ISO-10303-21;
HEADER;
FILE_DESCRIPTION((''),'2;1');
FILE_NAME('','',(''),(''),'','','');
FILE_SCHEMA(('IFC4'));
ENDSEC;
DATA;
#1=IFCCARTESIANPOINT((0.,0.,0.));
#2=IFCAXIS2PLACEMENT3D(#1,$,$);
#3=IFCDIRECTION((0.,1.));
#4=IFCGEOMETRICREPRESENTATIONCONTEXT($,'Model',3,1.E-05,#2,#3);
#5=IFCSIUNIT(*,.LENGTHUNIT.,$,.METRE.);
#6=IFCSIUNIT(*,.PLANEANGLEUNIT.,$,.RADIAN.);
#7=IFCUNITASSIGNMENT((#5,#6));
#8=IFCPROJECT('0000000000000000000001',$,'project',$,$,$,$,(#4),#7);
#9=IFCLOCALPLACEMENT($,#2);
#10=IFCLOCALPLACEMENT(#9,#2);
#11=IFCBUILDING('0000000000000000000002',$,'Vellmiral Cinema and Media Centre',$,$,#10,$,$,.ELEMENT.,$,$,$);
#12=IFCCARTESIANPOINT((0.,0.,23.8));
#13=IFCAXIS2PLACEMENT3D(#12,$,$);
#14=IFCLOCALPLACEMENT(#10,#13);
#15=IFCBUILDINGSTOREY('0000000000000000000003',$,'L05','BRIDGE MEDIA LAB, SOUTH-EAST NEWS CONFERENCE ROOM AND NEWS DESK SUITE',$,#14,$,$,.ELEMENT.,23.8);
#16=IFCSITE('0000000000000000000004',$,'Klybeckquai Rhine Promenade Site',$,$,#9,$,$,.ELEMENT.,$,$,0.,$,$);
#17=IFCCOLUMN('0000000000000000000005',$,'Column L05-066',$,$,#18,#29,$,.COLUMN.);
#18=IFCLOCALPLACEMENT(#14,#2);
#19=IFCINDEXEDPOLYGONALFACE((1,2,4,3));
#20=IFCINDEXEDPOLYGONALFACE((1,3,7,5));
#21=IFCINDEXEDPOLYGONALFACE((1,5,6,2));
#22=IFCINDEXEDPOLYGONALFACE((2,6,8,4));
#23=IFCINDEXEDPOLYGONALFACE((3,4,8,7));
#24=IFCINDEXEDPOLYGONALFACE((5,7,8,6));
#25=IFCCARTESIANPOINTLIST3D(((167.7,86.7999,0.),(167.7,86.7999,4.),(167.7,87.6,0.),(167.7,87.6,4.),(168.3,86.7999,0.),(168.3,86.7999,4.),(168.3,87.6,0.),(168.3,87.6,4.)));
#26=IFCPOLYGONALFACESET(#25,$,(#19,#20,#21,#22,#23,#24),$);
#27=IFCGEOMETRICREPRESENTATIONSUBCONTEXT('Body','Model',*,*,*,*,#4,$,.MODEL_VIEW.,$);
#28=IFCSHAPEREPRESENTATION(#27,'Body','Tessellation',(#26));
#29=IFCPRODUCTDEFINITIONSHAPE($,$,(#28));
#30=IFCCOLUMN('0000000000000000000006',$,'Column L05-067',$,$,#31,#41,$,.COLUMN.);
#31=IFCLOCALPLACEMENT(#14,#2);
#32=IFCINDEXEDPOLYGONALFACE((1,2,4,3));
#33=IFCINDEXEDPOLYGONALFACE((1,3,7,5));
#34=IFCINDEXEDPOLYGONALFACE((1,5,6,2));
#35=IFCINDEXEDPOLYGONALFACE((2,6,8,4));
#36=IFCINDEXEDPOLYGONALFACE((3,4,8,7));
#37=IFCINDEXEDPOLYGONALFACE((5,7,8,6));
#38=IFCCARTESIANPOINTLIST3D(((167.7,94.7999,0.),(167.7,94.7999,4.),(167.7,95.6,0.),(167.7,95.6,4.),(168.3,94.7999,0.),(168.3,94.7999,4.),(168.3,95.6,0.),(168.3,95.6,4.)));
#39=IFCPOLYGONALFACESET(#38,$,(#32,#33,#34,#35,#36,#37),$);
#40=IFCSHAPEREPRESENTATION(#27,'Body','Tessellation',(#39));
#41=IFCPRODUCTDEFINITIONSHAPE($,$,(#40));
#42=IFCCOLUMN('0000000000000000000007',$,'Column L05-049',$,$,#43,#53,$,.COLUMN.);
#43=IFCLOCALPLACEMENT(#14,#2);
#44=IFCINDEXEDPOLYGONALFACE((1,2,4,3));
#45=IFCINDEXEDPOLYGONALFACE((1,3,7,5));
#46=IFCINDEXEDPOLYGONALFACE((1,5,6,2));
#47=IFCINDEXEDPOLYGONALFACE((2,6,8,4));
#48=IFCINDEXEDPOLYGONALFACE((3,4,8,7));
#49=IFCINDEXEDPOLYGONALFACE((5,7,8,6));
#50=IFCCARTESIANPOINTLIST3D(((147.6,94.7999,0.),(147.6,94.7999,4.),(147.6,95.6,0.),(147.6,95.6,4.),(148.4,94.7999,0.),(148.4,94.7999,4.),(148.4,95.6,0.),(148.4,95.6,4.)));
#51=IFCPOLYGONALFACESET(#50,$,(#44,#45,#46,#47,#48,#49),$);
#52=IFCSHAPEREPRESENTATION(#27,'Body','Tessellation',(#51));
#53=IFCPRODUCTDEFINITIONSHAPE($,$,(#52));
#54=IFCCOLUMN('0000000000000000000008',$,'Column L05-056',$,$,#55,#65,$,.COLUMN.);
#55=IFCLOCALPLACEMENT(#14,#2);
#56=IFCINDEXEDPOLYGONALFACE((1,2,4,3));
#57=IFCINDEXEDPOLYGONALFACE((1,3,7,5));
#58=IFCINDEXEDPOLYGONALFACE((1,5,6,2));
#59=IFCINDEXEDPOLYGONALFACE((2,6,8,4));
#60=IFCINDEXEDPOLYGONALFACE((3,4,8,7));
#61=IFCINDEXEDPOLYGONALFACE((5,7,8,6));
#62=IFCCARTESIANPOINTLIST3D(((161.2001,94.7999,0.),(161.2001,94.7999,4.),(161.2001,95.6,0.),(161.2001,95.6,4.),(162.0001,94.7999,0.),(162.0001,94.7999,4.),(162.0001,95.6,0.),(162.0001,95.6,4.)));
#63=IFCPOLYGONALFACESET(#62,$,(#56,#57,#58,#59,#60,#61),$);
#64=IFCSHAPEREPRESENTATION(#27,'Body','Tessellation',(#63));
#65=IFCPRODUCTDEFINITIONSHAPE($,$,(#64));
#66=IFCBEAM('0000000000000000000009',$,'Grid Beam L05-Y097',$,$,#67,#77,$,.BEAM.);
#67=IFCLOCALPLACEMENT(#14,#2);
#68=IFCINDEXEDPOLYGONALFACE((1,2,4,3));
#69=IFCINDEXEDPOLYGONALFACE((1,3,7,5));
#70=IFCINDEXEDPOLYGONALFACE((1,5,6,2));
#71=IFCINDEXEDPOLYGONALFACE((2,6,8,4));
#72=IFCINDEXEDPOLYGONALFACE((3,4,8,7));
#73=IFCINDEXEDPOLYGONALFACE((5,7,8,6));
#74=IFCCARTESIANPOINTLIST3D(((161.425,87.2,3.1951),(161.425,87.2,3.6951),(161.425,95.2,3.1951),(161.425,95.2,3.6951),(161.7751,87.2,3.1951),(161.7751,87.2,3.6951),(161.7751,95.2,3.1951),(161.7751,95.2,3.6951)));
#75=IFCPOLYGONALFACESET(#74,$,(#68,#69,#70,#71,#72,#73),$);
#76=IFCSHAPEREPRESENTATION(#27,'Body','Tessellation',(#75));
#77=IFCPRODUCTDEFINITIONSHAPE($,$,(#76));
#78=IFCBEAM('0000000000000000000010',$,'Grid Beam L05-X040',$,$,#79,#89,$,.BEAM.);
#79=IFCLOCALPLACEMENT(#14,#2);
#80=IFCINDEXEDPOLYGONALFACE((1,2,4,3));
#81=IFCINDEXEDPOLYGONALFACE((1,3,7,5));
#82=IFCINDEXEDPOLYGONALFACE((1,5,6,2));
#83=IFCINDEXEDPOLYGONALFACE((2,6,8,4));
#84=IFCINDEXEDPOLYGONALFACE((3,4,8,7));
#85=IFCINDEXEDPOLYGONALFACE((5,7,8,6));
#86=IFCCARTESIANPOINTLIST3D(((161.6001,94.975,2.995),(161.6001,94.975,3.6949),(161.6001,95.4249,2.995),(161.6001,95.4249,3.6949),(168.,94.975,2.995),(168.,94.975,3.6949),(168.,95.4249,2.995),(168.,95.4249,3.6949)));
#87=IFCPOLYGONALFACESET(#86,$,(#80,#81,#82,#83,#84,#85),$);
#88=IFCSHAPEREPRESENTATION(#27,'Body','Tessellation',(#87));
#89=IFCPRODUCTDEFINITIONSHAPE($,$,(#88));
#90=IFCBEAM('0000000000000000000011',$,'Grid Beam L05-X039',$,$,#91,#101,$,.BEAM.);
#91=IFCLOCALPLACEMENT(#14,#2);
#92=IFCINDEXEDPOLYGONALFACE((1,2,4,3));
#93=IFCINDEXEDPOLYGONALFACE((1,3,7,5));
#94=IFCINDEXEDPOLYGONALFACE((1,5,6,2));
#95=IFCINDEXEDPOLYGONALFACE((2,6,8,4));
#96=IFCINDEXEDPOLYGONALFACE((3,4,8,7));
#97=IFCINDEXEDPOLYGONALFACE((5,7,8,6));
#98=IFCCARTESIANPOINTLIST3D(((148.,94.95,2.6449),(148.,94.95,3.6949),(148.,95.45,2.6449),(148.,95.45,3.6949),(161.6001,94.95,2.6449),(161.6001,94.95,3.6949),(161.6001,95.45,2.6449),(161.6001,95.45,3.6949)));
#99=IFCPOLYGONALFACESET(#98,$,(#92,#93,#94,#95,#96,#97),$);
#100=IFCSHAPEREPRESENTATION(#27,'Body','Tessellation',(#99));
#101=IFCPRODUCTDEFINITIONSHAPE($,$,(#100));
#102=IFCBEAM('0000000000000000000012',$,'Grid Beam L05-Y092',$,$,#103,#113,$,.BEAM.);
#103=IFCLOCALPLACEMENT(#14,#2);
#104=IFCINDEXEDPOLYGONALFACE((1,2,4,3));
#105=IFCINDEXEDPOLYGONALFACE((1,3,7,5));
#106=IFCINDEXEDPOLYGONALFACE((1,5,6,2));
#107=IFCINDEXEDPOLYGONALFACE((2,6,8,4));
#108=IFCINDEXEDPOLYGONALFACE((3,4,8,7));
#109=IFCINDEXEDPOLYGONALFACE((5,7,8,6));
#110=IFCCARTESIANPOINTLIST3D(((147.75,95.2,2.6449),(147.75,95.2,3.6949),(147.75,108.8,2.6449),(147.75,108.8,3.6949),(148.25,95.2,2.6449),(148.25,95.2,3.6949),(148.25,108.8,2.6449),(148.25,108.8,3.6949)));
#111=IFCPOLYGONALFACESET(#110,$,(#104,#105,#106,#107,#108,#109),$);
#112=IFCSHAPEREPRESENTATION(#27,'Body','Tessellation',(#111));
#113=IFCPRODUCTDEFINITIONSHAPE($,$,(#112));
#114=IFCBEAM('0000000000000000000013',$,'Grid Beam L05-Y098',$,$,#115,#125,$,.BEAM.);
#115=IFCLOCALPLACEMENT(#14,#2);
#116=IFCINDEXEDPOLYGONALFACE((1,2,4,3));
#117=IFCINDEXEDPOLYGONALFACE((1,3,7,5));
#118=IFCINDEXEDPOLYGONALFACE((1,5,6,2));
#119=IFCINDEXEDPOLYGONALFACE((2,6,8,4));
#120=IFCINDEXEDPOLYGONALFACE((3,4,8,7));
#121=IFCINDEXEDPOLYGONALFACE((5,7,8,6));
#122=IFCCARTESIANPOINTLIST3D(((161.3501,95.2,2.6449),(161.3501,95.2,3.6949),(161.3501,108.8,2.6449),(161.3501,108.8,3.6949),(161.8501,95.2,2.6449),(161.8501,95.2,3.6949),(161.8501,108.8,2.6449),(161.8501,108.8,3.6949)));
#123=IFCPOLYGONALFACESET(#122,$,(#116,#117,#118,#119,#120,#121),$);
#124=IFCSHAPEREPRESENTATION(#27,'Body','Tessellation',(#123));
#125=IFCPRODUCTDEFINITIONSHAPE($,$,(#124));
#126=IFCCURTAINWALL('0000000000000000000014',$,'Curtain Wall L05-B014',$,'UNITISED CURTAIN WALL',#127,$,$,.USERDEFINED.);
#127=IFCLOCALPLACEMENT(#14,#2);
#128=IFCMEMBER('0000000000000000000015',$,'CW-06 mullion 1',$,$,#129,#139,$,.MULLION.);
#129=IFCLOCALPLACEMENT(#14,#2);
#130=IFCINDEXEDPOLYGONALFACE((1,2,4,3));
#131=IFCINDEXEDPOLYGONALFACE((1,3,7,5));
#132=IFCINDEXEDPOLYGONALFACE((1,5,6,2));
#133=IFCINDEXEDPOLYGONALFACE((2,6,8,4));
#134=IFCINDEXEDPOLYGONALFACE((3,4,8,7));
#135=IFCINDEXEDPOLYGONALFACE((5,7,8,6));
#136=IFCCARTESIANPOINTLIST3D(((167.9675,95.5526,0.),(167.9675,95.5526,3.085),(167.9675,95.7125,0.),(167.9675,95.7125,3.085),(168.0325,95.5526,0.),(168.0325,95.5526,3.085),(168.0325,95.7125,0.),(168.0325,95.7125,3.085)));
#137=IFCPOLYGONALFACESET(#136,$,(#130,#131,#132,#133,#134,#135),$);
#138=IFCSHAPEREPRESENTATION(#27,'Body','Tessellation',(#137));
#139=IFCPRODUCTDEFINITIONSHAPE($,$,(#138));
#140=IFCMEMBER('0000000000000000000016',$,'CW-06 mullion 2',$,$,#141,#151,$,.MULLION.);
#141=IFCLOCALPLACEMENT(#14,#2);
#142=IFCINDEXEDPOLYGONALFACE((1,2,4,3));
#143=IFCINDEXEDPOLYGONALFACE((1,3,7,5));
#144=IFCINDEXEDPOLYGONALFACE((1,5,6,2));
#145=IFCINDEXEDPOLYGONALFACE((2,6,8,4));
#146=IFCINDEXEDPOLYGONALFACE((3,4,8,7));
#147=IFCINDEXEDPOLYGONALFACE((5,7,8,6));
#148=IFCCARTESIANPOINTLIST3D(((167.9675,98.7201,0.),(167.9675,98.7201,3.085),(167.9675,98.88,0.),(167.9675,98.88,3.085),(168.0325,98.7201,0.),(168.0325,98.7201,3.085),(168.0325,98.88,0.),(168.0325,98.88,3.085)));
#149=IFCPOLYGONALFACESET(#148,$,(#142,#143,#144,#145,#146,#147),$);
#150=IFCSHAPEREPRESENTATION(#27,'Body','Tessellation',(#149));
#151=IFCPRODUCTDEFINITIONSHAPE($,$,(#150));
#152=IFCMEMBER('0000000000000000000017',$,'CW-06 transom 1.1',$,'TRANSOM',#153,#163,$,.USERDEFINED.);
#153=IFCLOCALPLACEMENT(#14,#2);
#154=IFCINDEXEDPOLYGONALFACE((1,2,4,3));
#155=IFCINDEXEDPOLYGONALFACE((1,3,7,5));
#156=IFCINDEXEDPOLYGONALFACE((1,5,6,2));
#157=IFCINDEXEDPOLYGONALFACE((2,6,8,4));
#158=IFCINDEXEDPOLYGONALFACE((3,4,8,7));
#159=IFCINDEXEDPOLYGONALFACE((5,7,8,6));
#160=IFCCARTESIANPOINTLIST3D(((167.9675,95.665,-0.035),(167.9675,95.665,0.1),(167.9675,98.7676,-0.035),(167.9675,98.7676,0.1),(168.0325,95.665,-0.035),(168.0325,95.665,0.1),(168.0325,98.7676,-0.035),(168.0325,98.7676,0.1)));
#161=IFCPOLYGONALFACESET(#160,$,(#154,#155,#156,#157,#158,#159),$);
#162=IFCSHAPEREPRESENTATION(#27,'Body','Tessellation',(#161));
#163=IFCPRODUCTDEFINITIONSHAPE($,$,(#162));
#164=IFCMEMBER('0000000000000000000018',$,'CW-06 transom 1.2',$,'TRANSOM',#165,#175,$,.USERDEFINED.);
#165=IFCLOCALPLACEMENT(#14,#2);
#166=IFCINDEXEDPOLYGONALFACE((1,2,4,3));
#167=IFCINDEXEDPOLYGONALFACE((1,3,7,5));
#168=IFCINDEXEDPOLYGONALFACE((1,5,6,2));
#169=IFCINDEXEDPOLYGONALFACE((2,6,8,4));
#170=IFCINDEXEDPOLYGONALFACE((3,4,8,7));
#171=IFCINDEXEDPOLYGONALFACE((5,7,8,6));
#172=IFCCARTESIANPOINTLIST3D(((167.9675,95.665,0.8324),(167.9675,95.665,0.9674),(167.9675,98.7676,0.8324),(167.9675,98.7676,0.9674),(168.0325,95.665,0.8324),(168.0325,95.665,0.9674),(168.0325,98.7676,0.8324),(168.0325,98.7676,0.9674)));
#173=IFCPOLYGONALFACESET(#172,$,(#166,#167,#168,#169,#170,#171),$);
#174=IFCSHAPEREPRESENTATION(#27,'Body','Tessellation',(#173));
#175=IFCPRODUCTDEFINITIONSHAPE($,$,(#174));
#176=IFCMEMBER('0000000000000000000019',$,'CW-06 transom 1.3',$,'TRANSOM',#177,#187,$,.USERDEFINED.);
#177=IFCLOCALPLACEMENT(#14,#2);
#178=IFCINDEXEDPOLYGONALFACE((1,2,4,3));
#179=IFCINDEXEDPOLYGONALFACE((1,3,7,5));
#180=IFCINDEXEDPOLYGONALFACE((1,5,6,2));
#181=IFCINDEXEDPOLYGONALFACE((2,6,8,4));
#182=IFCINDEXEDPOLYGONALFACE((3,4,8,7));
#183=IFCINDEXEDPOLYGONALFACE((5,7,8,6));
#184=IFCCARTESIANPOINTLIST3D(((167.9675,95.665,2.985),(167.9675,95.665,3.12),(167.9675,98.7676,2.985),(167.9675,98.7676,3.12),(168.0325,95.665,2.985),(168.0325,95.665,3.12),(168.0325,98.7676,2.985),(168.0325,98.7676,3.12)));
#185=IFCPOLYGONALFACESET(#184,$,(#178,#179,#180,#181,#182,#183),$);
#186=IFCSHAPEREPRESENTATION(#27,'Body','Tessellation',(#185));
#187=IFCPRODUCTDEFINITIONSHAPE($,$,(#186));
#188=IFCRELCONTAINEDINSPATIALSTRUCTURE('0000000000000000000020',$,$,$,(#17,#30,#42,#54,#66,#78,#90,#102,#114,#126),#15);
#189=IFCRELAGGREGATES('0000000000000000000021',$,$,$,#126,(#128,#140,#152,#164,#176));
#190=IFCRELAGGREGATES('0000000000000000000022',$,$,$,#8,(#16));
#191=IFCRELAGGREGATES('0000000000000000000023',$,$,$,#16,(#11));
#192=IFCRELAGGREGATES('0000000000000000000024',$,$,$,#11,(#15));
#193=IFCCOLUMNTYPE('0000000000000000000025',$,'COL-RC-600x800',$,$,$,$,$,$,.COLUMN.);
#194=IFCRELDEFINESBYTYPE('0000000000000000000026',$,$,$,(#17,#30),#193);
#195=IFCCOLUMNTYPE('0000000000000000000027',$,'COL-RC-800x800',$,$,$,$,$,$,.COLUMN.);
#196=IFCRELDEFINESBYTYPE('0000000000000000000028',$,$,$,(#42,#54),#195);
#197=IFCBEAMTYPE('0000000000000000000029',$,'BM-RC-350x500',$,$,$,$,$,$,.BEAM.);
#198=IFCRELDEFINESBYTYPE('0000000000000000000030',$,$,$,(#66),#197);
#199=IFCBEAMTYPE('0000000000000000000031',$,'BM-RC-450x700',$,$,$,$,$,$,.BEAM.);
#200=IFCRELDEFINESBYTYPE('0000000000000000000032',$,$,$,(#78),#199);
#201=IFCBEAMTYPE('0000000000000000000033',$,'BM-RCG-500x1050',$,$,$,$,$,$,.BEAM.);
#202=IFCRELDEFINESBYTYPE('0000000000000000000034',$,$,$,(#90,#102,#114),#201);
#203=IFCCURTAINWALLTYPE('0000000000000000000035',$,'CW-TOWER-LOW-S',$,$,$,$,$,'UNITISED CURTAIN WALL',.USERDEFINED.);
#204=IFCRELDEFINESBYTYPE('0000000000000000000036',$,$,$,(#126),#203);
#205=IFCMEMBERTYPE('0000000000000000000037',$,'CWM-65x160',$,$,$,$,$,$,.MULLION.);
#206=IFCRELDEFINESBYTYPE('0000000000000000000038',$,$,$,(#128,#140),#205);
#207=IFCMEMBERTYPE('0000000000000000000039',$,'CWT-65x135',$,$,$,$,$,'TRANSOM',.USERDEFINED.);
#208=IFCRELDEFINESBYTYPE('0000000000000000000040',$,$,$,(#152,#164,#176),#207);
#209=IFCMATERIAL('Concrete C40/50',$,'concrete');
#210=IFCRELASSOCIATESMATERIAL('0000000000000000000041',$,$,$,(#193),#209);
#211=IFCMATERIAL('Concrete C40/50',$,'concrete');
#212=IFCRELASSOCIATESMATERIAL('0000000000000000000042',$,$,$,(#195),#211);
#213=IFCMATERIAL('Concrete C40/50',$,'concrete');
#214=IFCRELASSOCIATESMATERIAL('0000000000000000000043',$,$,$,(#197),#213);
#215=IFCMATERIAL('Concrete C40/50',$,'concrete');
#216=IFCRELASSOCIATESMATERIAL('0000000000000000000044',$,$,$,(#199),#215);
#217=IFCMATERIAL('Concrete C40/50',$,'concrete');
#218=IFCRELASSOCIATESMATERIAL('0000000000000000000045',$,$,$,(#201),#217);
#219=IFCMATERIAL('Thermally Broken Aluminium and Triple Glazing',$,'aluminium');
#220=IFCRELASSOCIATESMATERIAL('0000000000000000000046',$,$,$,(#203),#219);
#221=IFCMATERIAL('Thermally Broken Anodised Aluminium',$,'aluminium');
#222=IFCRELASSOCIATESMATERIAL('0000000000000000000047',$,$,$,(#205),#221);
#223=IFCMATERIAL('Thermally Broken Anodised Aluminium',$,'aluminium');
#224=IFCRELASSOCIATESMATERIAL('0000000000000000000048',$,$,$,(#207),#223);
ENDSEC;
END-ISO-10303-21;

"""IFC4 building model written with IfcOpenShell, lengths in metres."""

from ifc_helpers import new_model, si_unit, direction, frame, origin, origin_2d, place, context, subcontext, project, spatial, rectangle, extrude, material, material_profile, profile_set, type_object, element, aggregate, save


model = new_model("IFC4")

# Units and contexts
model_context = context("Model", 3, precision=1e-05, world=origin(), true_north=direction((0.0, 1.0)))
body_context = subcontext(model_context, "Body", "Model", "MODEL_VIEW")
ifc_project = project(units=[si_unit("LENGTHUNIT", "METRE"), si_unit("PLANEANGLEUNIT", "RADIAN")], contexts=[model_context])

# Site, building, storey
site_placement = place(None, origin())
site = spatial("IfcSite", under=ifc_project, at=site_placement, Name="Klybeckquai Rhine Promenade Site", CompositionType="ELEMENT", RefElevation=0.0)
building_placement = place(site_placement, origin())
building = spatial("IfcBuilding", under=site, at=building_placement, Name="Vellmiral Cinema and Media Centre", CompositionType="ELEMENT")
storey_placement = place(building_placement, frame((0.0, 0.0, 23.8)))
storey = spatial("IfcBuildingStorey", under=building, at=storey_placement, Name="L05", Description="BRIDGE MEDIA LAB, SOUTH-EAST NEWS CONFERENCE ROOM AND NEWS DESK SUITE", CompositionType="ELEMENT", Elevation=23.8)

# Columns
ifc_material_1 = material(Name="Concrete C40/50", Category="concrete")
ifc_material_profile_1 = material_profile(ifc_material_1, rectangle(XDim=0.6001, YDim=0.8, at=origin_2d()), Name="RC 600x800")
ifc_profile_set_1 = profile_set([ifc_material_profile_1], Name="Concrete C40/50")
column_type_1 = type_object("IfcColumnType", Name="COL-RC-600x800", PredefinedType="COLUMN", material=ifc_profile_set_1)
for number, where, z_axis, x_axis, name in (
    (1, (168.0, 87.2, 0.0), (0.0, 0.0, 1.0), (1.0, 0.0, 0.0), "Column L05-066"),
    (2, (168.0, 95.2, 0.0), (0.0, 0.0, 1.0), (1.0, 0.0, 0.0), "Column L05-067"),
):
    element("IfcColumn", number, at=place(storey_placement, frame(where, z_axis=z_axis, x_axis=x_axis)), inside=storey, type_object=column_type_1, Name=name, PredefinedType="COLUMN", context=body_context, shape_type="SweptSolid", body=[
        extrude(rectangle(XDim=0.6001, YDim=0.8, at=origin_2d()), origin(), (0.0, 0.0, 1.0), 4.0),
    ])
ifc_material_2 = material(Name="Concrete C40/50", Category="concrete")
ifc_material_profile_2 = material_profile(ifc_material_2, rectangle(XDim=0.8, YDim=0.8, at=origin_2d()), Name="RC 800x800")
ifc_profile_set_2 = profile_set([ifc_material_profile_2], Name="Concrete C40/50")
column_type_2 = type_object("IfcColumnType", Name="COL-RC-800x800", PredefinedType="COLUMN", material=ifc_profile_set_2)
for number, where, z_axis, x_axis, name in (
    (3, (148.0, 95.2, 0.0), (0.0, 0.0, 1.0), (1.0, 0.0, 0.0), "Column L05-049"),
    (4, (161.6001, 95.2, 0.0), (0.0, 0.0, 1.0), (1.0, 0.0, 0.0), "Column L05-056"),
):
    element("IfcColumn", number, at=place(storey_placement, frame(where, z_axis=z_axis, x_axis=x_axis)), inside=storey, type_object=column_type_2, Name=name, PredefinedType="COLUMN", context=body_context, shape_type="SweptSolid", body=[
        extrude(rectangle(XDim=0.8, YDim=0.8, at=origin_2d()), origin(), (0.0, 0.0, 1.0), 4.0),
    ])

# Beams
ifc_material_3 = material(Name="Concrete C40/50", Category="concrete")
ifc_material_profile_3 = material_profile(ifc_material_3, rectangle(XDim=0.3501, YDim=0.5, at=origin_2d()), Name="RC 350x500")
ifc_profile_set_3 = profile_set([ifc_material_profile_3], Name="Concrete C40/50")
beam_type_1 = type_object("IfcBeamType", Name="BM-RC-350x500", PredefinedType="BEAM", material=ifc_profile_set_3)
beam_1_placement = place(storey_placement, frame((161.6001, 87.2, 3.4451), z_axis=(0.0, 1.0, 0.0), x_axis=(-1.0, 0.0, 0.0)))
element("IfcBeam", 5, at=beam_1_placement, inside=storey, type_object=beam_type_1, Name="Grid Beam L05-Y097", PredefinedType="BEAM", context=body_context, shape_type="SweptSolid", body=[
    extrude(rectangle(XDim=0.3501, YDim=0.5, at=origin_2d()), origin(), (0.0, 0.0, 1.0), 8.0),
])
ifc_material_4 = material(Name="Concrete C40/50", Category="concrete")
ifc_material_profile_4 = material_profile(ifc_material_4, rectangle(XDim=0.45, YDim=0.7, at=origin_2d()), Name="RC 450x700")
ifc_profile_set_4 = profile_set([ifc_material_profile_4], Name="Concrete C40/50")
beam_type_2 = type_object("IfcBeamType", Name="BM-RC-450x700", PredefinedType="BEAM", material=ifc_profile_set_4)
beam_2_placement = place(storey_placement, frame((161.6001, 95.2, 3.345), z_axis=(1.0, 0.0, 0.0), x_axis=(0.0, 1.0, 0.0)))
element("IfcBeam", 6, at=beam_2_placement, inside=storey, type_object=beam_type_2, Name="Grid Beam L05-X040", PredefinedType="BEAM", context=body_context, shape_type="SweptSolid", body=[
    extrude(rectangle(XDim=0.45, YDim=0.7, at=origin_2d()), origin(), (0.0, 0.0, 1.0), 6.3999),
])
ifc_material_5 = material(Name="Concrete C40/50", Category="concrete")
ifc_material_profile_5 = material_profile(ifc_material_5, rectangle(XDim=0.5, YDim=1.05, at=origin_2d()), Name="RC 500x1050")
ifc_profile_set_5 = profile_set([ifc_material_profile_5], Name="Concrete C40/50")
beam_type_3 = type_object("IfcBeamType", Name="BM-RCG-500x1050", PredefinedType="BEAM", material=ifc_profile_set_5)
for number, where, z_axis, x_axis, name in (
    (7, (148.0, 95.2, 3.1699), (1.0, 0.0, 0.0), (0.0, 1.0, 0.0), "Grid Beam L05-X039"),
    (8, (148.0, 95.2, 3.1699), (0.0, 1.0, 0.0), (-1.0, 0.0, 0.0), "Grid Beam L05-Y092"),
    (9, (161.6001, 95.2, 3.1699), (0.0, 1.0, 0.0), (-1.0, 0.0, 0.0), "Grid Beam L05-Y098"),
):
    element("IfcBeam", number, at=place(storey_placement, frame(where, z_axis=z_axis, x_axis=x_axis)), inside=storey, type_object=beam_type_3, Name=name, PredefinedType="BEAM", context=body_context, shape_type="SweptSolid", body=[
        extrude(rectangle(XDim=0.5, YDim=1.05, at=origin_2d()), origin(), (0.0, 0.0, 1.0), 13.6001),
    ])

# Curtain wall, members
ifc_material_6 = material(Name="Thermally Broken Aluminium and Triple Glazing", Category="aluminium")
curtain_wall_type = type_object("IfcCurtainWallType", Name="CW-TOWER-LOW-S", ElementType="UNITISED CURTAIN WALL", PredefinedType="USERDEFINED", material=ifc_material_6)
curtain_wall_placement = place(storey_placement, origin())
curtain_wall = element("IfcCurtainWall", 10, at=curtain_wall_placement, inside=storey, type_object=curtain_wall_type, Name="Curtain Wall L05-B014", ObjectType="UNITISED CURTAIN WALL", PredefinedType="USERDEFINED")
ifc_material_7 = material(Name="Thermally Broken Anodised Aluminium", Category="aluminium")
ifc_material_profile_6 = material_profile(ifc_material_7, rectangle(XDim=0.0649, YDim=0.1599, at=origin_2d()), Name="MULL 65x160")
ifc_profile_set_6 = profile_set([ifc_material_profile_6], Name="Thermally Broken Anodised Aluminium")
member_type_1 = type_object("IfcMemberType", Name="CWM-65x160", PredefinedType="MULLION", material=ifc_profile_set_6)
member_1_placement = place(storey_placement, frame((168.0, 95.6326, 0.0), z_axis=(0.0, 0.0, 1.0), x_axis=(-1.0, 0.0, 0.0)))
member_1 = element("IfcMember", 11, at=member_1_placement, type_object=member_type_1, Name="CW-06 mullion 1", PredefinedType="MULLION", context=body_context, shape_type="SweptSolid", body=[
    extrude(rectangle(XDim=0.0649, YDim=0.1599, at=origin_2d()), origin(), (0.0, 0.0, 1.0), 3.085),
])
member_2_placement = place(storey_placement, frame((168.0, 98.8, 0.0), z_axis=(0.0, 0.0, 1.0), x_axis=(-1.0, 0.0, 0.0)))
member_2 = element("IfcMember", 12, at=member_2_placement, type_object=member_type_1, Name="CW-06 mullion 2", PredefinedType="MULLION", context=body_context, shape_type="SweptSolid", body=[
    extrude(rectangle(XDim=0.0649, YDim=0.1599, at=origin_2d()), origin(), (0.0, 0.0, 1.0), 3.085),
])
ifc_material_8 = material(Name="Thermally Broken Anodised Aluminium", Category="aluminium")
ifc_material_profile_7 = material_profile(ifc_material_8, rectangle(XDim=0.0649, YDim=0.135, at=origin_2d()), Name="MULL 65x135")
ifc_profile_set_7 = profile_set([ifc_material_profile_7], Name="Thermally Broken Anodised Aluminium")
member_type_2 = type_object("IfcMemberType", Name="CWT-65x135", ElementType="TRANSOM", PredefinedType="USERDEFINED", material=ifc_profile_set_7)
member_3_placement = place(storey_placement, frame((168.0, 95.665, 0.0325), z_axis=(0.0, 1.0, 0.0), x_axis=(-1.0, 0.0, 0.0)))
member_3 = element("IfcMember", 13, at=member_3_placement, type_object=member_type_2, Name="CW-06 transom 1.1", ObjectType="TRANSOM", PredefinedType="USERDEFINED", context=body_context, shape_type="SweptSolid", body=[
    extrude(rectangle(XDim=0.0649, YDim=0.135, at=origin_2d()), origin(), (0.0, 0.0, 1.0), 3.1025),
])
member_4_placement = place(storey_placement, frame((168.0, 95.665, 0.8999), z_axis=(0.0, 1.0, 0.0), x_axis=(-1.0, 0.0, 0.0)))
member_4 = element("IfcMember", 14, at=member_4_placement, type_object=member_type_2, Name="CW-06 transom 1.2", ObjectType="TRANSOM", PredefinedType="USERDEFINED", context=body_context, shape_type="SweptSolid", body=[
    extrude(rectangle(XDim=0.0649, YDim=0.135, at=origin_2d()), origin(), (0.0, 0.0, 1.0), 3.1025),
])
member_5_placement = place(storey_placement, frame((168.0, 95.665, 3.0525), z_axis=(0.0, 1.0, 0.0), x_axis=(-1.0, 0.0, 0.0)))
member_5 = element("IfcMember", 15, at=member_5_placement, type_object=member_type_2, Name="CW-06 transom 1.3", ObjectType="TRANSOM", PredefinedType="USERDEFINED", context=body_context, shape_type="SweptSolid", body=[
    extrude(rectangle(XDim=0.0649, YDim=0.135, at=origin_2d()), origin(), (0.0, 0.0, 1.0), 3.1025),
])

aggregate(curtain_wall, [member_1, member_2, member_3, member_4, member_5])

save(model, "model.ifc")
